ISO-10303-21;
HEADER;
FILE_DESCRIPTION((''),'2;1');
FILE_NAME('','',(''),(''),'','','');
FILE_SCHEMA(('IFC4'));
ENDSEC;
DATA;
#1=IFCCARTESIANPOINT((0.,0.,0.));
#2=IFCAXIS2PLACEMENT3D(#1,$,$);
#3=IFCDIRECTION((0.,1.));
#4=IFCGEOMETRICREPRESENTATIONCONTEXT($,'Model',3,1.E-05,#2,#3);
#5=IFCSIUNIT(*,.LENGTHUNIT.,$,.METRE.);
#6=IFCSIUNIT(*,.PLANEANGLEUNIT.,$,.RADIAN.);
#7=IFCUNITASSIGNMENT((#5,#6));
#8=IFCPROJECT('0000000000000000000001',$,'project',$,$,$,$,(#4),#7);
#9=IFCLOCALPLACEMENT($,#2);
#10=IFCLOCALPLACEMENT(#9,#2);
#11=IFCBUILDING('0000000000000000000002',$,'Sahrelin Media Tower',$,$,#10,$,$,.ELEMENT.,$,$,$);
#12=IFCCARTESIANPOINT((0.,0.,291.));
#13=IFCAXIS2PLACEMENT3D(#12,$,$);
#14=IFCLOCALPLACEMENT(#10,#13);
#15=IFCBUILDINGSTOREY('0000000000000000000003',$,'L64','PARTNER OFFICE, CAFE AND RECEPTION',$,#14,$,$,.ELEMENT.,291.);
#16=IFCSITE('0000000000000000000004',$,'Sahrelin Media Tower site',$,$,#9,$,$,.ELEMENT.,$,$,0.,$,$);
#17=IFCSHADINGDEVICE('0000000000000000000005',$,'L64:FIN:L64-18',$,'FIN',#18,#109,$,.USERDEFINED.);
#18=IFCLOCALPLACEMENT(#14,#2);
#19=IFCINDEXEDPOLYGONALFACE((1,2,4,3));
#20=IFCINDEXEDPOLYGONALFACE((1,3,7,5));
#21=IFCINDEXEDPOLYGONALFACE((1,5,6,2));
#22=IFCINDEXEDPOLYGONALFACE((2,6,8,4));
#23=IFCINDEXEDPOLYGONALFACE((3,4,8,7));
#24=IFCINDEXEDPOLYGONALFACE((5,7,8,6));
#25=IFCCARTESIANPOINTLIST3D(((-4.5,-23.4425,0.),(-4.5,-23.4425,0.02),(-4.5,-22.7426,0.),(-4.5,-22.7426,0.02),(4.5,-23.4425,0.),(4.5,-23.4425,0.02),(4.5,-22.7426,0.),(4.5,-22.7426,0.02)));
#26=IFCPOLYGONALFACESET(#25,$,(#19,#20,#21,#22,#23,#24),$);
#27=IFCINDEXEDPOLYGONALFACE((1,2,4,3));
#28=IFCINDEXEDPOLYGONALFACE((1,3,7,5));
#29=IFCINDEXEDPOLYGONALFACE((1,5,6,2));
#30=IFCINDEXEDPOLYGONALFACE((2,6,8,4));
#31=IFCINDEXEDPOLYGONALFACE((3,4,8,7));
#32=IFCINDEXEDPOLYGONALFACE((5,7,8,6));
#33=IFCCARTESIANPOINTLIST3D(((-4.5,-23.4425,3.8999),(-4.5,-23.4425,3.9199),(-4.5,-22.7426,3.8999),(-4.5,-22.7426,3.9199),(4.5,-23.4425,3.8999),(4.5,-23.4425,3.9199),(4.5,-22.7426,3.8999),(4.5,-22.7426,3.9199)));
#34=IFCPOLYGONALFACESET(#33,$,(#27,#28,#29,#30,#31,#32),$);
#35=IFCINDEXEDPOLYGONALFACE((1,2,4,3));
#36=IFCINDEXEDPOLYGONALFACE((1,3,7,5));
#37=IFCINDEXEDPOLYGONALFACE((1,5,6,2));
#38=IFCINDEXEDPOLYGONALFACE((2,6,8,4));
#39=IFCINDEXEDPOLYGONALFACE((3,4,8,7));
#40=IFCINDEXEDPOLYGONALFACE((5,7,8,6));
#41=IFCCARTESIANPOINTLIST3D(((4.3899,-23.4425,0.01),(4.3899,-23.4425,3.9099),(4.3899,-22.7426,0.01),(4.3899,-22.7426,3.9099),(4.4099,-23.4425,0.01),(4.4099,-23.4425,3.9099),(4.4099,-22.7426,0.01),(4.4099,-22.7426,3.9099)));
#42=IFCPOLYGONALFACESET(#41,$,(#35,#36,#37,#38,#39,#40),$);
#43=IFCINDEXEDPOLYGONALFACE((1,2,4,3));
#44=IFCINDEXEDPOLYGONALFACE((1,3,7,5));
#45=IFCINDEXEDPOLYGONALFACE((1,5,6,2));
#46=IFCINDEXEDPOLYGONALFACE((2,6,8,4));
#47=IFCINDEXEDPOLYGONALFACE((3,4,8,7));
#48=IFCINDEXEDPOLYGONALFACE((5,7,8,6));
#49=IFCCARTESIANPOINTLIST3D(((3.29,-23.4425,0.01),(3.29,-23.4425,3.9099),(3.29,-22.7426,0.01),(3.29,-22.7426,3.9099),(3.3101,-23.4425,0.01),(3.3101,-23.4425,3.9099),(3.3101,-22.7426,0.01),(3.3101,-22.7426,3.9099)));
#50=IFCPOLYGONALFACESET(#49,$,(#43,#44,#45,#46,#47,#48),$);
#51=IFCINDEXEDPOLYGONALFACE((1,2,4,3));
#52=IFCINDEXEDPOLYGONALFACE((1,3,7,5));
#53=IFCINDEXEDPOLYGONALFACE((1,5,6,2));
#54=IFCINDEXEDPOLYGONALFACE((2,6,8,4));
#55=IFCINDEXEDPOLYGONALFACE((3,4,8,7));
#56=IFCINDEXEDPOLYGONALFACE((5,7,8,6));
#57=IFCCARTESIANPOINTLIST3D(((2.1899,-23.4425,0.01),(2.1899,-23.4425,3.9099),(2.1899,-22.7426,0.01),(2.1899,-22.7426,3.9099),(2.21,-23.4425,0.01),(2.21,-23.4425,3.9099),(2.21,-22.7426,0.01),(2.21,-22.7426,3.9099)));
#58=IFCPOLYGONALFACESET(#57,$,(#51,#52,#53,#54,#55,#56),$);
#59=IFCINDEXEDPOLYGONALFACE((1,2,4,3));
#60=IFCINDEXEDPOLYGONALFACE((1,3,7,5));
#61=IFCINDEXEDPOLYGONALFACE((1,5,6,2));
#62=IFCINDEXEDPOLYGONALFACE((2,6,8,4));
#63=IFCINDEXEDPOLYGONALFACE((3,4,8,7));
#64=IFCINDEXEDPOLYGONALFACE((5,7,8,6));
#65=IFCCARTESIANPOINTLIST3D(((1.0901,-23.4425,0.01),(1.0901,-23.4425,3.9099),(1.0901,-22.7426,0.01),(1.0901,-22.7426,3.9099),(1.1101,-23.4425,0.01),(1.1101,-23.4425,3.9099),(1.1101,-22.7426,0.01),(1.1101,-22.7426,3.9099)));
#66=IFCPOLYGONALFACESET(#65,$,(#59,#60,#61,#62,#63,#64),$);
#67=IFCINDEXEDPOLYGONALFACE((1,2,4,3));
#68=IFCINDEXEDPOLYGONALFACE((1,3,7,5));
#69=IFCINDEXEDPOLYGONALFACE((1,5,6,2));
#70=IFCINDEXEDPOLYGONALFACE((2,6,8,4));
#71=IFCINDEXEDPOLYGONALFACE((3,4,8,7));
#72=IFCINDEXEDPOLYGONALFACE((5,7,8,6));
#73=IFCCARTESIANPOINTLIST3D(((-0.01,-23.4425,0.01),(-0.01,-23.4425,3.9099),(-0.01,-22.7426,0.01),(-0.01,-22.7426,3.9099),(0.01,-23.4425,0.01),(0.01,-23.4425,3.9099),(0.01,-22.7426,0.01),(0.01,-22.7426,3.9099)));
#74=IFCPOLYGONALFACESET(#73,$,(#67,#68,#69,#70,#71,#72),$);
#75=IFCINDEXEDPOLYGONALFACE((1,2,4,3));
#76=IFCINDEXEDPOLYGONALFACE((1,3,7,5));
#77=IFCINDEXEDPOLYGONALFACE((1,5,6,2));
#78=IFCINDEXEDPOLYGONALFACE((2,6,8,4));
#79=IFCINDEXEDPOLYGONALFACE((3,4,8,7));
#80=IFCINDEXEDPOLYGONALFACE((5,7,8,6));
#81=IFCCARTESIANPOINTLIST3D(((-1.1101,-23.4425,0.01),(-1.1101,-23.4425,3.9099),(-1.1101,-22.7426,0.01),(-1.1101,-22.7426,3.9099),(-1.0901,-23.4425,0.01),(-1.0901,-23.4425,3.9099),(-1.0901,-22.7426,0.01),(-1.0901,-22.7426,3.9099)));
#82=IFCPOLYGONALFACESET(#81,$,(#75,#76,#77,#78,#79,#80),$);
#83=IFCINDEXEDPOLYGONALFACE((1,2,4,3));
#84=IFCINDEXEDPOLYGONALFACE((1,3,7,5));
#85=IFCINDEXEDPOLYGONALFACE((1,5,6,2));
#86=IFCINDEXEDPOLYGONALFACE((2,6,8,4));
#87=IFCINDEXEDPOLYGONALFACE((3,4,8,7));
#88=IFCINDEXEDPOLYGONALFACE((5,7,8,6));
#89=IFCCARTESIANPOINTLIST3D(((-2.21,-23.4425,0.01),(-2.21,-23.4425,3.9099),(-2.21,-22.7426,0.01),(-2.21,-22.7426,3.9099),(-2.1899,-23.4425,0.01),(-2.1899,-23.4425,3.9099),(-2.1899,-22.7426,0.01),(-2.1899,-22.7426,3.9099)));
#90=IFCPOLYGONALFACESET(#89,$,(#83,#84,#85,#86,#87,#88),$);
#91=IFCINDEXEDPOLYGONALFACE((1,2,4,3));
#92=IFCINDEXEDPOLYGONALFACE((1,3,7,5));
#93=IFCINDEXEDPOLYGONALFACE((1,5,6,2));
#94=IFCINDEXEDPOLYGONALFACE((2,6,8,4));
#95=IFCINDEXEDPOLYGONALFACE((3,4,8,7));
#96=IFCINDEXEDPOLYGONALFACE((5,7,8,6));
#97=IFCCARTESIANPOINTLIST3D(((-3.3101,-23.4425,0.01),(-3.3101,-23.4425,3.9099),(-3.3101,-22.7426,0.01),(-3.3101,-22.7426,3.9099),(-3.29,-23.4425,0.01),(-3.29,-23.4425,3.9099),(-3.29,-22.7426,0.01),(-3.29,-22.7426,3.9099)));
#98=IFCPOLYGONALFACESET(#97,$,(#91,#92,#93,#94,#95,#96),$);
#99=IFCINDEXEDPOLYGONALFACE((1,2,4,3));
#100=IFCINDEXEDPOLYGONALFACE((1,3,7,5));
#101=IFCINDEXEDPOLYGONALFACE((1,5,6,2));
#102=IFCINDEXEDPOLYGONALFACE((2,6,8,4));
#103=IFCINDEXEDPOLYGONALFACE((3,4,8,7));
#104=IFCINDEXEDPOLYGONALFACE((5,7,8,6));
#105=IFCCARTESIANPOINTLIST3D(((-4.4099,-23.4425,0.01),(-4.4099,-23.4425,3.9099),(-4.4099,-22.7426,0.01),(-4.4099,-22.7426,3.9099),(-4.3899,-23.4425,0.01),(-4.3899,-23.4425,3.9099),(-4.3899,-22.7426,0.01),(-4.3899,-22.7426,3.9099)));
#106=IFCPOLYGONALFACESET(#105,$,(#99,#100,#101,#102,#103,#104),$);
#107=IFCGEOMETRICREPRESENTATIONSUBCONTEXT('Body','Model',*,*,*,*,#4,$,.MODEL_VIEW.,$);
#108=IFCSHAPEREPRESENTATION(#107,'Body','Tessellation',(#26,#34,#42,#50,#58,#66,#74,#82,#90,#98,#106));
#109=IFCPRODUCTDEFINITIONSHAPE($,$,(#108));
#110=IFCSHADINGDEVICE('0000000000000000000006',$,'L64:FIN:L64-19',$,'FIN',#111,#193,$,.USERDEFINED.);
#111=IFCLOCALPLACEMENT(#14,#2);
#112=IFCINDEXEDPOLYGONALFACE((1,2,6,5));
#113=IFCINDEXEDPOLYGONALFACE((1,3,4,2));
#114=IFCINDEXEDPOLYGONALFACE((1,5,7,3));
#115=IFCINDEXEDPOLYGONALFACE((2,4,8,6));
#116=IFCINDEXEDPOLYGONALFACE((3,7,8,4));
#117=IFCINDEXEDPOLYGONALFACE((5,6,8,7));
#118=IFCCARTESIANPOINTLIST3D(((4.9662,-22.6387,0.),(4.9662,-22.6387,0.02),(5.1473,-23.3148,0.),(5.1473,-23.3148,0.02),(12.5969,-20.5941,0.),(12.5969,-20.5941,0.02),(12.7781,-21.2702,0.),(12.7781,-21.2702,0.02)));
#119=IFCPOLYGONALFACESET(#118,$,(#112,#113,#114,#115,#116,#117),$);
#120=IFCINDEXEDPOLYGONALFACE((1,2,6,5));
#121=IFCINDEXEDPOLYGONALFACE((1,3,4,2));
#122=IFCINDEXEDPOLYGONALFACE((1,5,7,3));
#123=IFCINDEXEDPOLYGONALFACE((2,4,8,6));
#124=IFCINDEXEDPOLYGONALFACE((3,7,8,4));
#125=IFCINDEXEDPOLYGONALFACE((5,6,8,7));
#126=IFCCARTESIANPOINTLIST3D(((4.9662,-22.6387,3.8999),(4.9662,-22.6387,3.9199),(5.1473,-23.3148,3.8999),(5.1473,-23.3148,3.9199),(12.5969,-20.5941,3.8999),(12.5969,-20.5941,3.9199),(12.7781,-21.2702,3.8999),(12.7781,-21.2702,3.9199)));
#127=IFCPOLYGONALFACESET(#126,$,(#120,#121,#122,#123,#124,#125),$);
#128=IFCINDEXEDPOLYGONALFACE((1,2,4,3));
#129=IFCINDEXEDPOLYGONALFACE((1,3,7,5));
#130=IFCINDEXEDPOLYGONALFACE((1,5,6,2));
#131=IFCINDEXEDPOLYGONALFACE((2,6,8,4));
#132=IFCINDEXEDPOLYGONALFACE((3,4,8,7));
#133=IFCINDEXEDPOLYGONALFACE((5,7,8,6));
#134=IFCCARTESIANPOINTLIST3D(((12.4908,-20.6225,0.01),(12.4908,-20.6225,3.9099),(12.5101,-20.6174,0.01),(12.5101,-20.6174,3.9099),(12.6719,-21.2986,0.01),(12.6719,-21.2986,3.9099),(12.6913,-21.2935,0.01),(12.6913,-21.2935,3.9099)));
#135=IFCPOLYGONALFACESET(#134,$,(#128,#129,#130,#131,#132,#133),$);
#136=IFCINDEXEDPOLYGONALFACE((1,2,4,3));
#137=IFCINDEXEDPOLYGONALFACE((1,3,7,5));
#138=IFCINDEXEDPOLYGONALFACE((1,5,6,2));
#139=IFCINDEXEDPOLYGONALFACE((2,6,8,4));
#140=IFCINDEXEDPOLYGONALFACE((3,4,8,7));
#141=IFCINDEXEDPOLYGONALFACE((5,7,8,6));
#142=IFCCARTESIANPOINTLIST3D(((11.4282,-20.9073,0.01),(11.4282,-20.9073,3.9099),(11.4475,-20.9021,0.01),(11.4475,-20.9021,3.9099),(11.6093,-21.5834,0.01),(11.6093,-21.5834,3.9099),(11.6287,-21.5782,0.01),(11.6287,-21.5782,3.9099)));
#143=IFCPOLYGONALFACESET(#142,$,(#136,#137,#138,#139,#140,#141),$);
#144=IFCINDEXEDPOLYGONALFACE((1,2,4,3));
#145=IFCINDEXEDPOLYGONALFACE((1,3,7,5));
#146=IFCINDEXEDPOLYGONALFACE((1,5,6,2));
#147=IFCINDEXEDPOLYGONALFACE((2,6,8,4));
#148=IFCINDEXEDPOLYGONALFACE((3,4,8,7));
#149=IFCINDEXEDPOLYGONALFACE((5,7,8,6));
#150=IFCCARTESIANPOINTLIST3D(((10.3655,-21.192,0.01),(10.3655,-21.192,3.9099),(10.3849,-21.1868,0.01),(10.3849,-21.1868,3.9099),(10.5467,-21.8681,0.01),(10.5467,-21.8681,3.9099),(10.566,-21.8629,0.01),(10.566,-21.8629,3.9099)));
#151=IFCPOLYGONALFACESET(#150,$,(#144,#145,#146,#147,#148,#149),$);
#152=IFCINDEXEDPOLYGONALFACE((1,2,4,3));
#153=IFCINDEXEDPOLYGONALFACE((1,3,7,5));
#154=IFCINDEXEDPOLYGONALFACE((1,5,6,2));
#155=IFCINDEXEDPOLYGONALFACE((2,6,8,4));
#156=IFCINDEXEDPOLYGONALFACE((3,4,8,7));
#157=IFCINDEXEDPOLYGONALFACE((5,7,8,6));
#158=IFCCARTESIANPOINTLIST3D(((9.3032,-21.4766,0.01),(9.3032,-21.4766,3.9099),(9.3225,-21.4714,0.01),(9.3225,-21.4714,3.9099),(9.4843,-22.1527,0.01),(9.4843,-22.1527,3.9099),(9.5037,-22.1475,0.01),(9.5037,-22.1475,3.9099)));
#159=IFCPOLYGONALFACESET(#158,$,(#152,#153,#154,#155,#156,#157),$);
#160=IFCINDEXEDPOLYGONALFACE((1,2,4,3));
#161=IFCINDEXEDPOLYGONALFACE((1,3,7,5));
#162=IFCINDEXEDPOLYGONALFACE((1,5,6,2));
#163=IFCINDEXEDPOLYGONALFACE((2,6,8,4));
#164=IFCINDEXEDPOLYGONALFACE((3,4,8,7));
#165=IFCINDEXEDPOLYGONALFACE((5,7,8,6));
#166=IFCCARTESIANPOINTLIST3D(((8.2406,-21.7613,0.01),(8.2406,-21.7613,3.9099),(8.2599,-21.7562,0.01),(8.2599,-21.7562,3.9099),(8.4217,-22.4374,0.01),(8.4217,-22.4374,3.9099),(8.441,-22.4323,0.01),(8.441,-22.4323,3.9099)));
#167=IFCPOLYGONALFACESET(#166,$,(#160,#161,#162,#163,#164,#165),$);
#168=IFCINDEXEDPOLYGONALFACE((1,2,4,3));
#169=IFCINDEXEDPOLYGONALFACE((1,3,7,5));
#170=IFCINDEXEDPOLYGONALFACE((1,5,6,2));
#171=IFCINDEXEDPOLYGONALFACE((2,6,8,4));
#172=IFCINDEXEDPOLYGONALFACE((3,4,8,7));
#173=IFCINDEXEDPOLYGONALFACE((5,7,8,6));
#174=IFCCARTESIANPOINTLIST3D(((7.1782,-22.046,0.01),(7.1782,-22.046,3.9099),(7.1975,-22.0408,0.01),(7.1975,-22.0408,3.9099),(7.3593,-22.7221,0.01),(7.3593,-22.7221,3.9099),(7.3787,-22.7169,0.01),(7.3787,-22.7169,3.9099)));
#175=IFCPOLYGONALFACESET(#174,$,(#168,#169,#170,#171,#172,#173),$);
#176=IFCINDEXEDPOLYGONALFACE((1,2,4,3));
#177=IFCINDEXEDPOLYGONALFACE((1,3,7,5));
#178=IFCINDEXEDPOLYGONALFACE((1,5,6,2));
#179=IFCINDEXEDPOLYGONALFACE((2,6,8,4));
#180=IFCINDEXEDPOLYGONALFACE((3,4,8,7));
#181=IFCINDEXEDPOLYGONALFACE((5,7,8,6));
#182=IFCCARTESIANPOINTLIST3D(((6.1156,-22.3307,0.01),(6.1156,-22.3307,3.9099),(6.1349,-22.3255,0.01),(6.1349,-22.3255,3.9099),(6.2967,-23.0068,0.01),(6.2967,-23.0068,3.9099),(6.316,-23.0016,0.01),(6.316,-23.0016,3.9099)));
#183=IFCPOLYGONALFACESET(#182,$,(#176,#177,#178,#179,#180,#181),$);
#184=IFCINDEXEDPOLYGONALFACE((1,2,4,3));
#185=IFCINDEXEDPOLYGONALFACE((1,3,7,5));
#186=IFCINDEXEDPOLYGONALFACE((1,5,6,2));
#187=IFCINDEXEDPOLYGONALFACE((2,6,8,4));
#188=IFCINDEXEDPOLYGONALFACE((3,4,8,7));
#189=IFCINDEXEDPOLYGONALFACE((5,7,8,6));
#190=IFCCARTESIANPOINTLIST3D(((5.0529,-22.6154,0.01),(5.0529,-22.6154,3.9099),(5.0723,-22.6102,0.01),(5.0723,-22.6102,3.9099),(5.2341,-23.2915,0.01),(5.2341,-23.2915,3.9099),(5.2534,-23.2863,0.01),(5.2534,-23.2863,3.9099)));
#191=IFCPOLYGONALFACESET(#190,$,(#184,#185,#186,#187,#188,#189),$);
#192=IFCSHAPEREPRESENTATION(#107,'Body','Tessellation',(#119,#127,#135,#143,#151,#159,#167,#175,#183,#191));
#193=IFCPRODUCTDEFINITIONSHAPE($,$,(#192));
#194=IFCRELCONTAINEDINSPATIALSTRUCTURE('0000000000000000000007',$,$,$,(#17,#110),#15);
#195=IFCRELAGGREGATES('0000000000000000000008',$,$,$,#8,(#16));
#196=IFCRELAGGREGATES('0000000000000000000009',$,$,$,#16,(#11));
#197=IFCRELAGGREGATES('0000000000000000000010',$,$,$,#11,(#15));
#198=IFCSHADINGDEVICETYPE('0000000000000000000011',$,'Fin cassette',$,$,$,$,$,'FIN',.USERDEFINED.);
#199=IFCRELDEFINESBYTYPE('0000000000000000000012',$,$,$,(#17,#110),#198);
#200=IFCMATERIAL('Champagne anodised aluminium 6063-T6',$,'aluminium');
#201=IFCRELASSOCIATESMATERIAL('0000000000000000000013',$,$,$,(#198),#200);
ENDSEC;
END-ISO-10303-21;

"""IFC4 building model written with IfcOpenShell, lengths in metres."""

from ifc_helpers import new_model, si_unit, direction, frame, origin, origin_2d, place, context, subcontext, project, spatial, rectangle, extrude, material, type_object, element, save


model = new_model("IFC4")

# Units and contexts
model_context = context("Model", 3, precision=1e-05, world=origin(), true_north=direction((0.0, 1.0)))
body_context = subcontext(model_context, "Body", "Model", "MODEL_VIEW")
ifc_project = project(units=[si_unit("LENGTHUNIT", "METRE"), si_unit("PLANEANGLEUNIT", "RADIAN")], contexts=[model_context])

# Site, building, storey
site_placement = place(None, origin())
site = spatial("IfcSite", under=ifc_project, at=site_placement, Name="Sahrelin Media Tower site", CompositionType="ELEMENT", RefElevation=0.0)
building_placement = place(site_placement, origin())
building = spatial("IfcBuilding", under=site, at=building_placement, Name="Sahrelin Media Tower", CompositionType="ELEMENT")
storey_placement = place(building_placement, frame((0.0, 0.0, 291.0)))
storey = spatial("IfcBuildingStorey", under=building, at=storey_placement, Name="L64", Description="PARTNER OFFICE, CAFE AND RECEPTION", CompositionType="ELEMENT", Elevation=291.0)

# Shared definitions
ifc_material_1 = material(Name="Champagne anodised aluminium 6063-T6", Category="aluminium")

# Shading devices
shading_device_type_1 = type_object("IfcShadingDeviceType", Name="Fin cassette", ElementType="FIN", PredefinedType="USERDEFINED", material=ifc_material_1)
placement_1 = place(storey_placement, frame((0.0, -22.6726, 0.0), z_axis=(0.0, 0.0, 1.0), x_axis=(-1.0, 0.0, 0.0)))
element("IfcShadingDevice", 1, at=placement_1, inside=storey, type_object=shading_device_type_1, Name="L64:FIN:L64-18", ObjectType="FIN", PredefinedType="USERDEFINED", context=body_context, shape_type="SweptSolid", body=[
    extrude(rectangle(XDim=9.0, YDim=0.7, at=origin_2d()), frame((0.0, 0.4199, 0.0)), (0.0, 0.0, 1.0), 0.02),
    extrude(rectangle(XDim=9.0, YDim=0.7, at=origin_2d()), frame((0.0, 0.4199, 3.8999)), (0.0, 0.0, 1.0), 0.02),
    extrude(rectangle(XDim=0.02, YDim=0.7, at=origin_2d()), frame((-4.3999, 0.4199, 0.01), z_axis=(0.0, 0.0, 1.0), x_axis=(1.0, 0.0, 0.0)), (0.0, 0.0, 1.0), 3.8999),
    extrude(rectangle(XDim=0.02, YDim=0.7, at=origin_2d()), frame((-3.3, 0.4199, 0.01), z_axis=(0.0, 0.0, 1.0), x_axis=(1.0, 0.0, 0.0)), (0.0, 0.0, 1.0), 3.8999),
    extrude(rectangle(XDim=0.02, YDim=0.7, at=origin_2d()), frame((-2.2, 0.4199, 0.01), z_axis=(0.0, 0.0, 1.0), x_axis=(1.0, 0.0, 0.0)), (0.0, 0.0, 1.0), 3.8999),
    extrude(rectangle(XDim=0.02, YDim=0.7, at=origin_2d()), frame((-1.1001, 0.4199, 0.01), z_axis=(0.0, 0.0, 1.0), x_axis=(1.0, 0.0, 0.0)), (0.0, 0.0, 1.0), 3.8999),
    extrude(rectangle(XDim=0.02, YDim=0.7, at=origin_2d()), frame((0.0, 0.4199, 0.01), z_axis=(0.0, 0.0, 1.0), x_axis=(1.0, 0.0, 0.0)), (0.0, 0.0, 1.0), 3.8999),
    extrude(rectangle(XDim=0.02, YDim=0.7, at=origin_2d()), frame((1.1001, 0.4199, 0.01), z_axis=(0.0, 0.0, 1.0), x_axis=(1.0, 0.0, 0.0)), (0.0, 0.0, 1.0), 3.8999),
    extrude(rectangle(XDim=0.02, YDim=0.7, at=origin_2d()), frame((2.2, 0.4199, 0.01), z_axis=(0.0, 0.0, 1.0), x_axis=(1.0, 0.0, 0.0)), (0.0, 0.0, 1.0), 3.8999),
    extrude(rectangle(XDim=0.02, YDim=0.7, at=origin_2d()), frame((3.3, 0.4199, 0.01), z_axis=(0.0, 0.0, 1.0), x_axis=(1.0, 0.0, 0.0)), (0.0, 0.0, 1.0), 3.8999),
    extrude(rectangle(XDim=0.02, YDim=0.7, at=origin_2d()), frame((4.3999, 0.4199, 0.01), z_axis=(0.0, 0.0, 1.0), x_axis=(1.0, 0.0, 0.0)), (0.0, 0.0, 1.0), 3.8999),
])
placement_2 = place(storey_placement, frame((8.7634, -21.5488, 0.0), z_axis=(0.0, 0.0, 1.0), x_axis=(-0.965929, -0.258808, 0.0)))
element("IfcShadingDevice", 2, at=placement_2, inside=storey, type_object=shading_device_type_1, Name="L64:FIN:L64-19", ObjectType="FIN", PredefinedType="USERDEFINED", context=body_context, shape_type="SweptSolid", body=[
    extrude(rectangle(XDim=7.8999, YDim=0.7, at=origin_2d()), frame((0.0, 0.4199, 0.0)), (0.0, 0.0, 1.0), 0.02),
    extrude(rectangle(XDim=7.8999, YDim=0.7, at=origin_2d()), frame((0.0, 0.4199, 3.8999)), (0.0, 0.0, 1.0), 0.02),
    extrude(rectangle(XDim=0.02, YDim=0.7, at=origin_2d()), frame((-3.8501, 0.4199, 0.01), z_axis=(0.0, 0.0, 1.0), x_axis=(1.0, 0.0, 0.0)), (0.0, 0.0, 1.0), 3.8999),
    extrude(rectangle(XDim=0.02, YDim=0.7, at=origin_2d()), frame((-2.75, 0.4199, 0.01), z_axis=(0.0, 0.0, 1.0), x_axis=(1.0, 0.0, 0.0)), (0.0, 0.0, 1.0), 3.8999),
    extrude(rectangle(XDim=0.02, YDim=0.7, at=origin_2d()), frame((-1.6499, 0.4199, 0.01), z_axis=(0.0, 0.0, 1.0), x_axis=(1.0, 0.0, 0.0)), (0.0, 0.0, 1.0), 3.8999),
    extrude(rectangle(XDim=0.02, YDim=0.7, at=origin_2d()), frame((-0.55, 0.4199, 0.01), z_axis=(0.0, 0.0, 1.0), x_axis=(1.0, 0.0, 0.0)), (0.0, 0.0, 1.0), 3.8999),
    extrude(rectangle(XDim=0.02, YDim=0.7, at=origin_2d()), frame((0.55, 0.4199, 0.01), z_axis=(0.0, 0.0, 1.0), x_axis=(1.0, 0.0, 0.0)), (0.0, 0.0, 1.0), 3.8999),
    extrude(rectangle(XDim=0.02, YDim=0.7, at=origin_2d()), frame((1.6499, 0.4199, 0.01), z_axis=(0.0, 0.0, 1.0), x_axis=(1.0, 0.0, 0.0)), (0.0, 0.0, 1.0), 3.8999),
    extrude(rectangle(XDim=0.02, YDim=0.7, at=origin_2d()), frame((2.75, 0.4199, 0.01), z_axis=(0.0, 0.0, 1.0), x_axis=(1.0, 0.0, 0.0)), (0.0, 0.0, 1.0), 3.8999),
    extrude(rectangle(XDim=0.02, YDim=0.7, at=origin_2d()), frame((3.8501, 0.4199, 0.01), z_axis=(0.0, 0.0, 1.0), x_axis=(1.0, 0.0, 0.0)), (0.0, 0.0, 1.0), 3.8999),
])

save(model, "model.ifc")
